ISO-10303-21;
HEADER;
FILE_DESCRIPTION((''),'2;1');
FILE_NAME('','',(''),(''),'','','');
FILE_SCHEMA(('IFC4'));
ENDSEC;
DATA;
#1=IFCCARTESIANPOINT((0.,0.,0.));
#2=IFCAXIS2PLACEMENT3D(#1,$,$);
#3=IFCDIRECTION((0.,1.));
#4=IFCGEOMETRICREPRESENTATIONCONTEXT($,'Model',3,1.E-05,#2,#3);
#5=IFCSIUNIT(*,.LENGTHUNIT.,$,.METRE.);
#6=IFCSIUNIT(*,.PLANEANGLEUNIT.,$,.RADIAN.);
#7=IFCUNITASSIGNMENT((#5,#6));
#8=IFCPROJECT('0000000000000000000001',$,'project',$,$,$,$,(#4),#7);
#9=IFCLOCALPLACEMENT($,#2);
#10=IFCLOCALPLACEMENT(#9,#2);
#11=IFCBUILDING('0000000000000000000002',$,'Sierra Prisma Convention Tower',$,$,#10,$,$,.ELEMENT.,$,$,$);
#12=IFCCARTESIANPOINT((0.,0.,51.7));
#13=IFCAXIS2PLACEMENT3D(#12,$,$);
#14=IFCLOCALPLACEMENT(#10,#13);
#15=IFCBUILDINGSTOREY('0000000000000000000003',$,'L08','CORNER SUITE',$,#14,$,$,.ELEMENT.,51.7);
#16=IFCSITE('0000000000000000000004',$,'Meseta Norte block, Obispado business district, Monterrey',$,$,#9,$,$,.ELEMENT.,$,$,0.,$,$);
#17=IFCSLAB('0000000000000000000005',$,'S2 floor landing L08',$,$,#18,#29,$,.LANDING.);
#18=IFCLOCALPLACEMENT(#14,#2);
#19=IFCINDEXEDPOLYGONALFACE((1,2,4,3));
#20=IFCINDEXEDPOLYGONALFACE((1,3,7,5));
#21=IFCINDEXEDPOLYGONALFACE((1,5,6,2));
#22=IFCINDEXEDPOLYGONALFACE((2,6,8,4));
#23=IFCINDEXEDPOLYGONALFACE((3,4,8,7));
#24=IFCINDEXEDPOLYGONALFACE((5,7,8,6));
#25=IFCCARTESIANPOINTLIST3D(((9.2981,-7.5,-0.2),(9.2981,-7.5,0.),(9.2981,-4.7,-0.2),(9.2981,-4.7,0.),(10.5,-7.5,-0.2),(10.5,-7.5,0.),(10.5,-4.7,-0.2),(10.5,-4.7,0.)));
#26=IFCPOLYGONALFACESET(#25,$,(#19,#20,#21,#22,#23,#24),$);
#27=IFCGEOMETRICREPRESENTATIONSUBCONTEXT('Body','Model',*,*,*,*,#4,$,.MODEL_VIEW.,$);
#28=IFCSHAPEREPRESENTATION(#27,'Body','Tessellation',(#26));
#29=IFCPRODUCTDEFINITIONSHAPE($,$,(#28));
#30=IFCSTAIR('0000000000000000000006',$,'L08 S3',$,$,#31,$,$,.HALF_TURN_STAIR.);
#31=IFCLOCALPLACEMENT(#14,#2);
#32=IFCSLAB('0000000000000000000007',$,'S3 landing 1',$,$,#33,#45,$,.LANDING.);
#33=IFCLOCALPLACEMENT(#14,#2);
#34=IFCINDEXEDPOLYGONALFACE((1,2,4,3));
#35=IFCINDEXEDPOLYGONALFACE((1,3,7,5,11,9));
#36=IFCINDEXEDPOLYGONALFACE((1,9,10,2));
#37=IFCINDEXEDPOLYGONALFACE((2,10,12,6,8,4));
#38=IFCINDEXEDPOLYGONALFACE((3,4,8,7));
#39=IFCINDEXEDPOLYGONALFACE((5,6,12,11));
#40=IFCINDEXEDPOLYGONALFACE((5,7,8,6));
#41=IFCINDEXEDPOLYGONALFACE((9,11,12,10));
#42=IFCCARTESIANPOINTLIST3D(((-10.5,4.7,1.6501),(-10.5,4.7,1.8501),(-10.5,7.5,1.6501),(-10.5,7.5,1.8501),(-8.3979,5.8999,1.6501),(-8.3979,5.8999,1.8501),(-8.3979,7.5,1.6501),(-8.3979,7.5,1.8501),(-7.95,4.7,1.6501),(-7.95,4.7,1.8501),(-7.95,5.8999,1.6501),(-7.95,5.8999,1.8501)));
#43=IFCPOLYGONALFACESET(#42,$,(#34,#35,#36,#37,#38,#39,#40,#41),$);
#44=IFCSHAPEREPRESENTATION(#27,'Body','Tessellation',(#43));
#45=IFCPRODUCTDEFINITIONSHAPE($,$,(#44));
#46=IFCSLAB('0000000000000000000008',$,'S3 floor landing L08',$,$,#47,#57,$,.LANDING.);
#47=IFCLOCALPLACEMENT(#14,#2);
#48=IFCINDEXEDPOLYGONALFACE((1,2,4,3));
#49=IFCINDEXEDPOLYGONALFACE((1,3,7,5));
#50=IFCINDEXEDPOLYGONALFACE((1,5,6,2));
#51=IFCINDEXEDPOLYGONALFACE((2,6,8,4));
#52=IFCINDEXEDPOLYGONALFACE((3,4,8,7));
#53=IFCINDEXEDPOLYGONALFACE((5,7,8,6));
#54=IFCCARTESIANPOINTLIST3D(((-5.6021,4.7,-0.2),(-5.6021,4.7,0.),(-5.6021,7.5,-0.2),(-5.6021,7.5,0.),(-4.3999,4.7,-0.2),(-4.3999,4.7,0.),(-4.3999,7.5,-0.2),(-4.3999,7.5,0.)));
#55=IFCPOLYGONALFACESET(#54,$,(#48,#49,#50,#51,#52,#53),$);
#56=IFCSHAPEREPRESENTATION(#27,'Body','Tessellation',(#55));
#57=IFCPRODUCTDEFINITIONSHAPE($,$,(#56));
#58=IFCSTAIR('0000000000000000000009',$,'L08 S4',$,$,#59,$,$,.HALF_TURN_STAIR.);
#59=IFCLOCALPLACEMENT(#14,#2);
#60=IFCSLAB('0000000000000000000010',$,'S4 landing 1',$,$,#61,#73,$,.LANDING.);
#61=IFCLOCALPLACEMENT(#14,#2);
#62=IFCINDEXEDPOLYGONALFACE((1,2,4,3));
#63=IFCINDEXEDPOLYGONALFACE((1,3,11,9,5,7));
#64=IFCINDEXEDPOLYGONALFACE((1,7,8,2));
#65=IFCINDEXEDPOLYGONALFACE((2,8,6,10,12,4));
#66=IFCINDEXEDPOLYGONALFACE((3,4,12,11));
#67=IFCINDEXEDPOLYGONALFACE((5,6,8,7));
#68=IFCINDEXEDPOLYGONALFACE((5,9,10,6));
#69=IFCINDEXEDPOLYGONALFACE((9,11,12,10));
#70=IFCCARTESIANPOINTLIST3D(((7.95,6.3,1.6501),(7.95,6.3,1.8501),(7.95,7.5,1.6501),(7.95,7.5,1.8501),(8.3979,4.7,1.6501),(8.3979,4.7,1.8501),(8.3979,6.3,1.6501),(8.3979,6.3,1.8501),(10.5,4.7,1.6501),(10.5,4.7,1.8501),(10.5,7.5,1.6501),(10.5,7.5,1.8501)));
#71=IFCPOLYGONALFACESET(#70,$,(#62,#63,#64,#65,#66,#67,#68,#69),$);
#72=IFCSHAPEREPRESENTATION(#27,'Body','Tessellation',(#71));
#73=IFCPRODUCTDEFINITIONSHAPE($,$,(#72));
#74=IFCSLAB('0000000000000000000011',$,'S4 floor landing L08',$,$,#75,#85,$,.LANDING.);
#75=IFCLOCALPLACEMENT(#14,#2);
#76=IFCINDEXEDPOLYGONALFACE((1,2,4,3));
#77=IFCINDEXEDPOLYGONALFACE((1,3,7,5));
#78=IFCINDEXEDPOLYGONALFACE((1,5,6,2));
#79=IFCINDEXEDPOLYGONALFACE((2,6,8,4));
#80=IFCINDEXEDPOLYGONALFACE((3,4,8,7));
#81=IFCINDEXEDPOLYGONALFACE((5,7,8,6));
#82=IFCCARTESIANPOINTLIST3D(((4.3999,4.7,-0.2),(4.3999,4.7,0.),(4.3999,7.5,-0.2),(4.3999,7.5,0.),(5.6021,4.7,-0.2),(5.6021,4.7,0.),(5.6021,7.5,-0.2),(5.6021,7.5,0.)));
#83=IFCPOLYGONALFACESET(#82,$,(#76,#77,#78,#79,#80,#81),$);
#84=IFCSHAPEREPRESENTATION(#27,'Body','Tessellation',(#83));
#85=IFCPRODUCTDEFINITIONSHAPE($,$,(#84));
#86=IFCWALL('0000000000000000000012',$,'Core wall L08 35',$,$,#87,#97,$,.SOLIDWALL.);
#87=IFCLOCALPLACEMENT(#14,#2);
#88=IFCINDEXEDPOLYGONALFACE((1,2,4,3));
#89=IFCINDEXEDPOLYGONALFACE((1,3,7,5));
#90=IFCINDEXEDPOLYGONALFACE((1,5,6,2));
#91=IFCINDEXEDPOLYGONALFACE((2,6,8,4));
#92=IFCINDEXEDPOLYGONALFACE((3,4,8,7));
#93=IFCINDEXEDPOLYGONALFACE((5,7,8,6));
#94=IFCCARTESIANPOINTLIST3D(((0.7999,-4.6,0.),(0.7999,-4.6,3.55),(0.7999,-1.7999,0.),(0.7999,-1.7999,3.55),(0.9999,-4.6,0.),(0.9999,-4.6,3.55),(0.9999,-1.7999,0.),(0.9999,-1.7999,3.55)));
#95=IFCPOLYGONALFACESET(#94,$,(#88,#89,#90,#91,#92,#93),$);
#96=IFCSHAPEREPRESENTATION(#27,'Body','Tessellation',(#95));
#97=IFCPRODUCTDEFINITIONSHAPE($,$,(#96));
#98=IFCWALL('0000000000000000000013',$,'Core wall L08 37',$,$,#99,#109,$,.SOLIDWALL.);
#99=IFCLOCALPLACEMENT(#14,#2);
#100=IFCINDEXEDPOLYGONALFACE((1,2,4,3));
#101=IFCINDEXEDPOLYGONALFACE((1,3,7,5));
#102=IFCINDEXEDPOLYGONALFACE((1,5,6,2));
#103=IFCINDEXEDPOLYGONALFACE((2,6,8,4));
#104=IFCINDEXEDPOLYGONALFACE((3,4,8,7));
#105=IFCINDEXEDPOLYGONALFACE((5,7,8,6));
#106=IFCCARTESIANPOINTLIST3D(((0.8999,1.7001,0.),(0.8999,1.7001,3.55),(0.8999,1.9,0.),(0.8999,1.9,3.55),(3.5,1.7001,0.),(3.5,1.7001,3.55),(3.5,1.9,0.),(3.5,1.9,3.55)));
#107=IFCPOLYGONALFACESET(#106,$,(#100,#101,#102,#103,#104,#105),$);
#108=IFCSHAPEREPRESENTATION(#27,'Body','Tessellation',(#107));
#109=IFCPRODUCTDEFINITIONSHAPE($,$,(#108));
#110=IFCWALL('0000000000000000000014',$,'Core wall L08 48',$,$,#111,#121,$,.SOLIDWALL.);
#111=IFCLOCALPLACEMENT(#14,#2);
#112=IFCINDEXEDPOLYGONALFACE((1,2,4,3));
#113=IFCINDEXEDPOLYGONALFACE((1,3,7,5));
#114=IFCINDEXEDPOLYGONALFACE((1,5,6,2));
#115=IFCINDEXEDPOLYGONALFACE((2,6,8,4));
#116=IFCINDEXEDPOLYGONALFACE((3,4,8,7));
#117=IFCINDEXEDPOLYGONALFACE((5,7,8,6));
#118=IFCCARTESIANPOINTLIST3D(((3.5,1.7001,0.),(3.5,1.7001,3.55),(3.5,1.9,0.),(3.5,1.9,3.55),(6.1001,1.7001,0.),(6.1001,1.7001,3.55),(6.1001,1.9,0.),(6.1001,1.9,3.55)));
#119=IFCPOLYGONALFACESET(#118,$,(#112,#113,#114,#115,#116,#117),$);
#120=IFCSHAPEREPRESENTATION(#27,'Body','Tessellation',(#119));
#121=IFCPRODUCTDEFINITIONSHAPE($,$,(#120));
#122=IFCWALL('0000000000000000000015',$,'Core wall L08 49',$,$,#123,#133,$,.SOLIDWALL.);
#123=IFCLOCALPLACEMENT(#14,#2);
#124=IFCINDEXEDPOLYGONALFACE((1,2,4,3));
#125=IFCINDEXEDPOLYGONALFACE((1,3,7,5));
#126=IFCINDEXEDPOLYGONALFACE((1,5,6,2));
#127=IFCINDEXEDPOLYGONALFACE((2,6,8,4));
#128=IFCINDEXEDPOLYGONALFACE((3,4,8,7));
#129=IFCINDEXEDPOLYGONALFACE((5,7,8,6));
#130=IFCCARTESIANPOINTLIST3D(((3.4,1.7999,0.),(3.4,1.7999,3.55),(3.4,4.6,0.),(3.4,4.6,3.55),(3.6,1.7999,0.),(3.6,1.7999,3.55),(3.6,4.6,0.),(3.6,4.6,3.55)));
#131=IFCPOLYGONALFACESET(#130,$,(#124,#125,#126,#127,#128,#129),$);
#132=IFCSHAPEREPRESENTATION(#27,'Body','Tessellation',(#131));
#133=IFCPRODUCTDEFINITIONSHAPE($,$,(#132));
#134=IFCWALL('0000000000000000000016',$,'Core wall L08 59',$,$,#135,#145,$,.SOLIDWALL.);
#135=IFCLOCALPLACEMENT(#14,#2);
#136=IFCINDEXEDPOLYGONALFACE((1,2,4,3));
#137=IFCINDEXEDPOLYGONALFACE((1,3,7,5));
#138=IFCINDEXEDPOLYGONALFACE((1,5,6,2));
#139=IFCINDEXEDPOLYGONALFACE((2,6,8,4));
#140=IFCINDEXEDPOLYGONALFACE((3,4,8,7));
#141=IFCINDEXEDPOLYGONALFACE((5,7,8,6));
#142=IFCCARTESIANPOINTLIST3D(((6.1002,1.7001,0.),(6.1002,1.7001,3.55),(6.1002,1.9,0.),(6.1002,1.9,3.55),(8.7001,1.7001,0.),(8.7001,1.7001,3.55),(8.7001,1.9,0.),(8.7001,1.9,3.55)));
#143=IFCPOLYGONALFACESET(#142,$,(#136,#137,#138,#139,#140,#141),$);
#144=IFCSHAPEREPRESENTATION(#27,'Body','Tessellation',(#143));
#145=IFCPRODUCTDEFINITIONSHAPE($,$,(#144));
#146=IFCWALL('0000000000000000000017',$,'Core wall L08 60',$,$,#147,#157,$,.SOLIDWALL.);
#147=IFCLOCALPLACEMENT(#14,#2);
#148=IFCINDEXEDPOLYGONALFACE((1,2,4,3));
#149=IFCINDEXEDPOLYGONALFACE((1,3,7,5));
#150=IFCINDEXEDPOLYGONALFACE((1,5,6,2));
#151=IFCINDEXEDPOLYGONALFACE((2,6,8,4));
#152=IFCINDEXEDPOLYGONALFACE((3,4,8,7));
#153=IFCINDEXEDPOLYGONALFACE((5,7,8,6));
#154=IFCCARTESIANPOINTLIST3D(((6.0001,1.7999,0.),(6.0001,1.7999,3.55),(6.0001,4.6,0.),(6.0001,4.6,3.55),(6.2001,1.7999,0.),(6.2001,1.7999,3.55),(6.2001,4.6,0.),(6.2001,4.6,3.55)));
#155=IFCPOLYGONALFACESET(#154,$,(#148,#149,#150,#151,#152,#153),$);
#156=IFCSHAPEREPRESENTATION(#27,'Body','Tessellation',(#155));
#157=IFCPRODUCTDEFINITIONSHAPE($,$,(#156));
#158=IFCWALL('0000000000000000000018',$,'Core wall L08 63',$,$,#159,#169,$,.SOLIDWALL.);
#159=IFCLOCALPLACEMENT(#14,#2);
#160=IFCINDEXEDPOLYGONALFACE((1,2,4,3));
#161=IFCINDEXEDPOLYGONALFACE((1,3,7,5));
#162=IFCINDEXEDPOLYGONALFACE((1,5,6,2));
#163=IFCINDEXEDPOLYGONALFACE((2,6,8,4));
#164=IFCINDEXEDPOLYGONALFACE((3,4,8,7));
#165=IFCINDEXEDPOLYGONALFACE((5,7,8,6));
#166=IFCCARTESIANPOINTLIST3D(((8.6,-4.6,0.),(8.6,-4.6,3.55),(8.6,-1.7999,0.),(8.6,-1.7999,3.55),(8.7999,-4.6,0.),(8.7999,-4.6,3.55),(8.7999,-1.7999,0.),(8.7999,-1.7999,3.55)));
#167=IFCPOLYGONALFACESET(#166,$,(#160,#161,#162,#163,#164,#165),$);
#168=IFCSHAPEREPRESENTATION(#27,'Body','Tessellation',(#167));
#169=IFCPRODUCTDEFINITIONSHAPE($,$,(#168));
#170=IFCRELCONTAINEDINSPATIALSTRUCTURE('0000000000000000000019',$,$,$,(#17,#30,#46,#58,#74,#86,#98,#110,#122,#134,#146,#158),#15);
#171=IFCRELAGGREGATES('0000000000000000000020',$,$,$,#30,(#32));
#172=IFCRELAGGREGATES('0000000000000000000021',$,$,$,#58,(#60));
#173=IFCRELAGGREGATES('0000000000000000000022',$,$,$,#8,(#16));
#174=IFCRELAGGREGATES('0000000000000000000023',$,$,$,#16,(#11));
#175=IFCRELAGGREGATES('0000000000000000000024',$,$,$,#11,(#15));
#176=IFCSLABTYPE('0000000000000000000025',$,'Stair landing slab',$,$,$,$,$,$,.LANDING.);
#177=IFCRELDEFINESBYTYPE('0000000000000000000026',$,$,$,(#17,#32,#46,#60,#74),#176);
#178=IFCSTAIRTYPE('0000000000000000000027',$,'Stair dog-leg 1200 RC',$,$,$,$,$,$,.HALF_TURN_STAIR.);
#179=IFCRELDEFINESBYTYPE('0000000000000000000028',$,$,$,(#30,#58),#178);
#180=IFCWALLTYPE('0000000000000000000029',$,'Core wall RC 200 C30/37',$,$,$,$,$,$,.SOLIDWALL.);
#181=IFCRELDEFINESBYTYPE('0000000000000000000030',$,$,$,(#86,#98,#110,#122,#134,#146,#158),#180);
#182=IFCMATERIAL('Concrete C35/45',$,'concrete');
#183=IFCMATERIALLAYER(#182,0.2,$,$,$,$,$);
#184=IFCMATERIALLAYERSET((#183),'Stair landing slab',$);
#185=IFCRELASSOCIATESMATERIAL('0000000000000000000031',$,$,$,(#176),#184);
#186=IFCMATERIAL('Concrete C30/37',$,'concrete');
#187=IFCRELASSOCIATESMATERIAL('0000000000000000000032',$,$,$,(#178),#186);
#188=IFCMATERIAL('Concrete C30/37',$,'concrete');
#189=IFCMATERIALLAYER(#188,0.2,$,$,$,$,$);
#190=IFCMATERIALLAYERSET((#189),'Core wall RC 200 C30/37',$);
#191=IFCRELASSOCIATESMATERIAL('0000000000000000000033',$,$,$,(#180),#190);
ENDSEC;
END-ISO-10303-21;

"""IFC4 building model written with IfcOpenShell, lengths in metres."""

from ifc_helpers import new_model, si_unit, direction, frame, frame_2d, origin, place, context, subcontext, project, spatial, polyline, rectangle, outline, extrude, material, layer, layer_set, type_object, element, aggregate, save


model = new_model("IFC4")

# Units and contexts
model_context = context("Model", 3, precision=1e-05, world=origin(), true_north=direction((0.0, 1.0)))
body_context = subcontext(model_context, "Body", "Model", "MODEL_VIEW")
ifc_project = project(units=[si_unit("LENGTHUNIT", "METRE"), si_unit("PLANEANGLEUNIT", "RADIAN")], contexts=[model_context])

# Site, building, storey
site_placement = place(None, origin())
site = spatial("IfcSite", under=ifc_project, at=site_placement, Name="Meseta Norte block, Obispado business district, Monterrey", CompositionType="ELEMENT", RefElevation=0.0)
building_placement = place(site_placement, origin())
building = spatial("IfcBuilding", under=site, at=building_placement, Name="Sierra Prisma Convention Tower", CompositionType="ELEMENT")
storey_placement = place(building_placement, frame((0.0, 0.0, 51.7)))
storey = spatial("IfcBuildingStorey", under=building, at=storey_placement, Name="L08", Description="CORNER SUITE", CompositionType="ELEMENT", Elevation=51.7)

# Slab
ifc_material_1 = material(Name="Concrete C35/45", Category="concrete")
ifc_layer_1 = layer(ifc_material_1, 0.2)
ifc_layer_set_1 = layer_set([ifc_layer_1], Name="Stair landing slab")
slab_type = type_object("IfcSlabType", Name="Stair landing slab", PredefinedType="LANDING", material=ifc_layer_set_1)
slab_1_placement = place(storey_placement, frame((0.0, 0.0, -0.2)))
element("IfcSlab", 1, at=slab_1_placement, inside=storey, type_object=slab_type, Name="S2 floor landing L08", PredefinedType="LANDING", context=body_context, shape_type="SweptSolid", body=[
    extrude(outline(polyline([(10.5, -4.7), (9.2981, -4.7), (9.2981, -7.5), (10.5, -7.5), (10.5, -4.7)])), origin(), (0.0, 0.0, 1.0), 0.2),
])

# Stair, slab
ifc_material_2 = material(Name="Concrete C30/37", Category="concrete")
stair_type = type_object("IfcStairType", Name="Stair dog-leg 1200 RC", PredefinedType="HALF_TURN_STAIR", material=ifc_material_2)
stair_1_placement = place(storey_placement, origin())
stair_1 = element("IfcStair", 2, at=stair_1_placement, inside=storey, type_object=stair_type, Name="L08 S3", PredefinedType="HALF_TURN_STAIR")
slab_2_placement = place(storey_placement, frame((0.0, 0.0, 1.6501)))
slab_2 = element("IfcSlab", 3, at=slab_2_placement, type_object=slab_type, Name="S3 landing 1", PredefinedType="LANDING", context=body_context, shape_type="SweptSolid", body=[
    extrude(outline(polyline([(-7.95, 5.8999), (-7.95, 4.7), (-10.5, 4.7), (-10.5, 7.5), (-8.3979, 7.5), (-8.3979, 5.8999), (-7.95, 5.8999)])), origin(), (0.0, 0.0, 1.0), 0.2),
])
aggregate(stair_1, [slab_2])

# Slab
slab_3_placement = place(storey_placement, frame((0.0, 0.0, -0.2)))
element("IfcSlab", 4, at=slab_3_placement, inside=storey, type_object=slab_type, Name="S3 floor landing L08", PredefinedType="LANDING", context=body_context, shape_type="SweptSolid", body=[
    extrude(outline(polyline([(-4.3999, 7.5), (-5.6021, 7.5), (-5.6021, 4.7), (-4.3999, 4.7), (-4.3999, 7.5)])), origin(), (0.0, 0.0, 1.0), 0.2),
])

# Stair, slab
stair_2_placement = place(storey_placement, origin())
stair_2 = element("IfcStair", 5, at=stair_2_placement, inside=storey, type_object=stair_type, Name="L08 S4", PredefinedType="HALF_TURN_STAIR")
slab_4_placement = place(storey_placement, frame((0.0, 0.0, 1.6501)))
slab_4 = element("IfcSlab", 6, at=slab_4_placement, type_object=slab_type, Name="S4 landing 1", PredefinedType="LANDING", context=body_context, shape_type="SweptSolid", body=[
    extrude(outline(polyline([(10.5, 7.5), (10.5, 4.7), (8.3979, 4.7), (8.3979, 6.3), (7.95, 6.3), (7.95, 7.5), (10.5, 7.5)])), origin(), (0.0, 0.0, 1.0), 0.2),
])
aggregate(stair_2, [slab_4])

# Slab
slab_5_placement = place(storey_placement, frame((0.0, 0.0, -0.2)))
element("IfcSlab", 7, at=slab_5_placement, inside=storey, type_object=slab_type, Name="S4 floor landing L08", PredefinedType="LANDING", context=body_context, shape_type="SweptSolid", body=[
    extrude(outline(polyline([(4.3999, 4.7), (5.6021, 4.7), (5.6021, 7.5), (4.3999, 7.5), (4.3999, 4.7)])), origin(), (0.0, 0.0, 1.0), 0.2),
])

# Shared definitions
ifc_material_3 = material(Name="Concrete C30/37", Category="concrete")
ifc_layer_2 = layer(ifc_material_3, 0.2)
ifc_layer_set_2 = layer_set([ifc_layer_2], Name="Core wall RC 200 C30/37")
wall_type = type_object("IfcWallType", Name="Core wall RC 200 C30/37", PredefinedType="SOLIDWALL", material=ifc_layer_set_2)

# Walls
wall_1_placement = place(storey_placement, frame((0.8999, -1.8, 0.0), z_axis=(0.0, 0.0, 1.0), x_axis=(0.0, -1.0, 0.0)))
element("IfcWall", 8, at=wall_1_placement, inside=storey, type_object=wall_type, Name="Core wall L08 35", PredefinedType="SOLIDWALL", context=body_context, shape_type="SweptSolid", body=[
    extrude(rectangle(XDim=2.8, YDim=0.2, at=frame_2d((1.3999, 0.0))), origin(), (0.0, 0.0, 1.0), 3.55),
])
wall_2_placement = place(storey_placement, frame((3.5, 1.8, 0.0), z_axis=(0.0, 0.0, 1.0), x_axis=(-1.0, 0.0, 0.0)))
element("IfcWall", 9, at=wall_2_placement, inside=storey, type_object=wall_type, Name="Core wall L08 37", PredefinedType="SOLIDWALL", context=body_context, shape_type="SweptSolid", body=[
    extrude(rectangle(XDim=2.6001, YDim=0.2, at=frame_2d((1.3, 0.0))), origin(), (0.0, 0.0, 1.0), 3.55),
])

# Walls
wall_3_placement = place(storey_placement, frame((6.1001, 1.8, 0.0), z_axis=(0.0, 0.0, 1.0), x_axis=(-1.0, 0.0, 0.0)))
element("IfcWall", 10, at=wall_3_placement, inside=storey, type_object=wall_type, Name="Core wall L08 48", PredefinedType="SOLIDWALL", context=body_context, shape_type="SweptSolid", body=[
    extrude(rectangle(XDim=2.6001, YDim=0.2, at=frame_2d((1.3, 0.0))), origin(), (0.0, 0.0, 1.0), 3.55),
])
wall_4_placement = place(storey_placement, frame((3.5, 1.8, 0.0), z_axis=(0.0, 0.0, 1.0), x_axis=(0.0, 1.0, 0.0)))
element("IfcWall", 11, at=wall_4_placement, inside=storey, type_object=wall_type, Name="Core wall L08 49", PredefinedType="SOLIDWALL", context=body_context, shape_type="SweptSolid", body=[
    extrude(rectangle(XDim=2.8, YDim=0.2, at=frame_2d((1.3999, 0.0))), origin(), (0.0, 0.0, 1.0), 3.55),
])

# Walls
wall_5_placement = place(storey_placement, frame((8.7, 1.8, 0.0), z_axis=(0.0, 0.0, 1.0), x_axis=(-1.0, 0.0, 0.0)))
element("IfcWall", 12, at=wall_5_placement, inside=storey, type_object=wall_type, Name="Core wall L08 59", PredefinedType="SOLIDWALL", context=body_context, shape_type="SweptSolid", body=[
    extrude(rectangle(XDim=2.5999, YDim=0.2, at=frame_2d((1.2998, 0.0))), origin(), (0.0, 0.0, 1.0), 3.55),
])
for number, where, z_axis, x_axis, name in (
    (13, (6.1001, 1.8, 0.0), (0.0, 0.0, 1.0), (0.0, 1.0, 0.0), "Core wall L08 60"),
    (14, (8.7, -1.8, 0.0), (0.0, 0.0, 1.0), (0.0, -1.0, 0.0), "Core wall L08 63"),
):
    element("IfcWall", number, at=place(storey_placement, frame(where, z_axis=z_axis, x_axis=x_axis)), inside=storey, type_object=wall_type, Name=name, PredefinedType="SOLIDWALL", context=body_context, shape_type="SweptSolid", body=[
        extrude(rectangle(XDim=2.8, YDim=0.2, at=frame_2d((1.3999, 0.0))), origin(), (0.0, 0.0, 1.0), 3.55),
    ])

save(model, "model.ifc")
